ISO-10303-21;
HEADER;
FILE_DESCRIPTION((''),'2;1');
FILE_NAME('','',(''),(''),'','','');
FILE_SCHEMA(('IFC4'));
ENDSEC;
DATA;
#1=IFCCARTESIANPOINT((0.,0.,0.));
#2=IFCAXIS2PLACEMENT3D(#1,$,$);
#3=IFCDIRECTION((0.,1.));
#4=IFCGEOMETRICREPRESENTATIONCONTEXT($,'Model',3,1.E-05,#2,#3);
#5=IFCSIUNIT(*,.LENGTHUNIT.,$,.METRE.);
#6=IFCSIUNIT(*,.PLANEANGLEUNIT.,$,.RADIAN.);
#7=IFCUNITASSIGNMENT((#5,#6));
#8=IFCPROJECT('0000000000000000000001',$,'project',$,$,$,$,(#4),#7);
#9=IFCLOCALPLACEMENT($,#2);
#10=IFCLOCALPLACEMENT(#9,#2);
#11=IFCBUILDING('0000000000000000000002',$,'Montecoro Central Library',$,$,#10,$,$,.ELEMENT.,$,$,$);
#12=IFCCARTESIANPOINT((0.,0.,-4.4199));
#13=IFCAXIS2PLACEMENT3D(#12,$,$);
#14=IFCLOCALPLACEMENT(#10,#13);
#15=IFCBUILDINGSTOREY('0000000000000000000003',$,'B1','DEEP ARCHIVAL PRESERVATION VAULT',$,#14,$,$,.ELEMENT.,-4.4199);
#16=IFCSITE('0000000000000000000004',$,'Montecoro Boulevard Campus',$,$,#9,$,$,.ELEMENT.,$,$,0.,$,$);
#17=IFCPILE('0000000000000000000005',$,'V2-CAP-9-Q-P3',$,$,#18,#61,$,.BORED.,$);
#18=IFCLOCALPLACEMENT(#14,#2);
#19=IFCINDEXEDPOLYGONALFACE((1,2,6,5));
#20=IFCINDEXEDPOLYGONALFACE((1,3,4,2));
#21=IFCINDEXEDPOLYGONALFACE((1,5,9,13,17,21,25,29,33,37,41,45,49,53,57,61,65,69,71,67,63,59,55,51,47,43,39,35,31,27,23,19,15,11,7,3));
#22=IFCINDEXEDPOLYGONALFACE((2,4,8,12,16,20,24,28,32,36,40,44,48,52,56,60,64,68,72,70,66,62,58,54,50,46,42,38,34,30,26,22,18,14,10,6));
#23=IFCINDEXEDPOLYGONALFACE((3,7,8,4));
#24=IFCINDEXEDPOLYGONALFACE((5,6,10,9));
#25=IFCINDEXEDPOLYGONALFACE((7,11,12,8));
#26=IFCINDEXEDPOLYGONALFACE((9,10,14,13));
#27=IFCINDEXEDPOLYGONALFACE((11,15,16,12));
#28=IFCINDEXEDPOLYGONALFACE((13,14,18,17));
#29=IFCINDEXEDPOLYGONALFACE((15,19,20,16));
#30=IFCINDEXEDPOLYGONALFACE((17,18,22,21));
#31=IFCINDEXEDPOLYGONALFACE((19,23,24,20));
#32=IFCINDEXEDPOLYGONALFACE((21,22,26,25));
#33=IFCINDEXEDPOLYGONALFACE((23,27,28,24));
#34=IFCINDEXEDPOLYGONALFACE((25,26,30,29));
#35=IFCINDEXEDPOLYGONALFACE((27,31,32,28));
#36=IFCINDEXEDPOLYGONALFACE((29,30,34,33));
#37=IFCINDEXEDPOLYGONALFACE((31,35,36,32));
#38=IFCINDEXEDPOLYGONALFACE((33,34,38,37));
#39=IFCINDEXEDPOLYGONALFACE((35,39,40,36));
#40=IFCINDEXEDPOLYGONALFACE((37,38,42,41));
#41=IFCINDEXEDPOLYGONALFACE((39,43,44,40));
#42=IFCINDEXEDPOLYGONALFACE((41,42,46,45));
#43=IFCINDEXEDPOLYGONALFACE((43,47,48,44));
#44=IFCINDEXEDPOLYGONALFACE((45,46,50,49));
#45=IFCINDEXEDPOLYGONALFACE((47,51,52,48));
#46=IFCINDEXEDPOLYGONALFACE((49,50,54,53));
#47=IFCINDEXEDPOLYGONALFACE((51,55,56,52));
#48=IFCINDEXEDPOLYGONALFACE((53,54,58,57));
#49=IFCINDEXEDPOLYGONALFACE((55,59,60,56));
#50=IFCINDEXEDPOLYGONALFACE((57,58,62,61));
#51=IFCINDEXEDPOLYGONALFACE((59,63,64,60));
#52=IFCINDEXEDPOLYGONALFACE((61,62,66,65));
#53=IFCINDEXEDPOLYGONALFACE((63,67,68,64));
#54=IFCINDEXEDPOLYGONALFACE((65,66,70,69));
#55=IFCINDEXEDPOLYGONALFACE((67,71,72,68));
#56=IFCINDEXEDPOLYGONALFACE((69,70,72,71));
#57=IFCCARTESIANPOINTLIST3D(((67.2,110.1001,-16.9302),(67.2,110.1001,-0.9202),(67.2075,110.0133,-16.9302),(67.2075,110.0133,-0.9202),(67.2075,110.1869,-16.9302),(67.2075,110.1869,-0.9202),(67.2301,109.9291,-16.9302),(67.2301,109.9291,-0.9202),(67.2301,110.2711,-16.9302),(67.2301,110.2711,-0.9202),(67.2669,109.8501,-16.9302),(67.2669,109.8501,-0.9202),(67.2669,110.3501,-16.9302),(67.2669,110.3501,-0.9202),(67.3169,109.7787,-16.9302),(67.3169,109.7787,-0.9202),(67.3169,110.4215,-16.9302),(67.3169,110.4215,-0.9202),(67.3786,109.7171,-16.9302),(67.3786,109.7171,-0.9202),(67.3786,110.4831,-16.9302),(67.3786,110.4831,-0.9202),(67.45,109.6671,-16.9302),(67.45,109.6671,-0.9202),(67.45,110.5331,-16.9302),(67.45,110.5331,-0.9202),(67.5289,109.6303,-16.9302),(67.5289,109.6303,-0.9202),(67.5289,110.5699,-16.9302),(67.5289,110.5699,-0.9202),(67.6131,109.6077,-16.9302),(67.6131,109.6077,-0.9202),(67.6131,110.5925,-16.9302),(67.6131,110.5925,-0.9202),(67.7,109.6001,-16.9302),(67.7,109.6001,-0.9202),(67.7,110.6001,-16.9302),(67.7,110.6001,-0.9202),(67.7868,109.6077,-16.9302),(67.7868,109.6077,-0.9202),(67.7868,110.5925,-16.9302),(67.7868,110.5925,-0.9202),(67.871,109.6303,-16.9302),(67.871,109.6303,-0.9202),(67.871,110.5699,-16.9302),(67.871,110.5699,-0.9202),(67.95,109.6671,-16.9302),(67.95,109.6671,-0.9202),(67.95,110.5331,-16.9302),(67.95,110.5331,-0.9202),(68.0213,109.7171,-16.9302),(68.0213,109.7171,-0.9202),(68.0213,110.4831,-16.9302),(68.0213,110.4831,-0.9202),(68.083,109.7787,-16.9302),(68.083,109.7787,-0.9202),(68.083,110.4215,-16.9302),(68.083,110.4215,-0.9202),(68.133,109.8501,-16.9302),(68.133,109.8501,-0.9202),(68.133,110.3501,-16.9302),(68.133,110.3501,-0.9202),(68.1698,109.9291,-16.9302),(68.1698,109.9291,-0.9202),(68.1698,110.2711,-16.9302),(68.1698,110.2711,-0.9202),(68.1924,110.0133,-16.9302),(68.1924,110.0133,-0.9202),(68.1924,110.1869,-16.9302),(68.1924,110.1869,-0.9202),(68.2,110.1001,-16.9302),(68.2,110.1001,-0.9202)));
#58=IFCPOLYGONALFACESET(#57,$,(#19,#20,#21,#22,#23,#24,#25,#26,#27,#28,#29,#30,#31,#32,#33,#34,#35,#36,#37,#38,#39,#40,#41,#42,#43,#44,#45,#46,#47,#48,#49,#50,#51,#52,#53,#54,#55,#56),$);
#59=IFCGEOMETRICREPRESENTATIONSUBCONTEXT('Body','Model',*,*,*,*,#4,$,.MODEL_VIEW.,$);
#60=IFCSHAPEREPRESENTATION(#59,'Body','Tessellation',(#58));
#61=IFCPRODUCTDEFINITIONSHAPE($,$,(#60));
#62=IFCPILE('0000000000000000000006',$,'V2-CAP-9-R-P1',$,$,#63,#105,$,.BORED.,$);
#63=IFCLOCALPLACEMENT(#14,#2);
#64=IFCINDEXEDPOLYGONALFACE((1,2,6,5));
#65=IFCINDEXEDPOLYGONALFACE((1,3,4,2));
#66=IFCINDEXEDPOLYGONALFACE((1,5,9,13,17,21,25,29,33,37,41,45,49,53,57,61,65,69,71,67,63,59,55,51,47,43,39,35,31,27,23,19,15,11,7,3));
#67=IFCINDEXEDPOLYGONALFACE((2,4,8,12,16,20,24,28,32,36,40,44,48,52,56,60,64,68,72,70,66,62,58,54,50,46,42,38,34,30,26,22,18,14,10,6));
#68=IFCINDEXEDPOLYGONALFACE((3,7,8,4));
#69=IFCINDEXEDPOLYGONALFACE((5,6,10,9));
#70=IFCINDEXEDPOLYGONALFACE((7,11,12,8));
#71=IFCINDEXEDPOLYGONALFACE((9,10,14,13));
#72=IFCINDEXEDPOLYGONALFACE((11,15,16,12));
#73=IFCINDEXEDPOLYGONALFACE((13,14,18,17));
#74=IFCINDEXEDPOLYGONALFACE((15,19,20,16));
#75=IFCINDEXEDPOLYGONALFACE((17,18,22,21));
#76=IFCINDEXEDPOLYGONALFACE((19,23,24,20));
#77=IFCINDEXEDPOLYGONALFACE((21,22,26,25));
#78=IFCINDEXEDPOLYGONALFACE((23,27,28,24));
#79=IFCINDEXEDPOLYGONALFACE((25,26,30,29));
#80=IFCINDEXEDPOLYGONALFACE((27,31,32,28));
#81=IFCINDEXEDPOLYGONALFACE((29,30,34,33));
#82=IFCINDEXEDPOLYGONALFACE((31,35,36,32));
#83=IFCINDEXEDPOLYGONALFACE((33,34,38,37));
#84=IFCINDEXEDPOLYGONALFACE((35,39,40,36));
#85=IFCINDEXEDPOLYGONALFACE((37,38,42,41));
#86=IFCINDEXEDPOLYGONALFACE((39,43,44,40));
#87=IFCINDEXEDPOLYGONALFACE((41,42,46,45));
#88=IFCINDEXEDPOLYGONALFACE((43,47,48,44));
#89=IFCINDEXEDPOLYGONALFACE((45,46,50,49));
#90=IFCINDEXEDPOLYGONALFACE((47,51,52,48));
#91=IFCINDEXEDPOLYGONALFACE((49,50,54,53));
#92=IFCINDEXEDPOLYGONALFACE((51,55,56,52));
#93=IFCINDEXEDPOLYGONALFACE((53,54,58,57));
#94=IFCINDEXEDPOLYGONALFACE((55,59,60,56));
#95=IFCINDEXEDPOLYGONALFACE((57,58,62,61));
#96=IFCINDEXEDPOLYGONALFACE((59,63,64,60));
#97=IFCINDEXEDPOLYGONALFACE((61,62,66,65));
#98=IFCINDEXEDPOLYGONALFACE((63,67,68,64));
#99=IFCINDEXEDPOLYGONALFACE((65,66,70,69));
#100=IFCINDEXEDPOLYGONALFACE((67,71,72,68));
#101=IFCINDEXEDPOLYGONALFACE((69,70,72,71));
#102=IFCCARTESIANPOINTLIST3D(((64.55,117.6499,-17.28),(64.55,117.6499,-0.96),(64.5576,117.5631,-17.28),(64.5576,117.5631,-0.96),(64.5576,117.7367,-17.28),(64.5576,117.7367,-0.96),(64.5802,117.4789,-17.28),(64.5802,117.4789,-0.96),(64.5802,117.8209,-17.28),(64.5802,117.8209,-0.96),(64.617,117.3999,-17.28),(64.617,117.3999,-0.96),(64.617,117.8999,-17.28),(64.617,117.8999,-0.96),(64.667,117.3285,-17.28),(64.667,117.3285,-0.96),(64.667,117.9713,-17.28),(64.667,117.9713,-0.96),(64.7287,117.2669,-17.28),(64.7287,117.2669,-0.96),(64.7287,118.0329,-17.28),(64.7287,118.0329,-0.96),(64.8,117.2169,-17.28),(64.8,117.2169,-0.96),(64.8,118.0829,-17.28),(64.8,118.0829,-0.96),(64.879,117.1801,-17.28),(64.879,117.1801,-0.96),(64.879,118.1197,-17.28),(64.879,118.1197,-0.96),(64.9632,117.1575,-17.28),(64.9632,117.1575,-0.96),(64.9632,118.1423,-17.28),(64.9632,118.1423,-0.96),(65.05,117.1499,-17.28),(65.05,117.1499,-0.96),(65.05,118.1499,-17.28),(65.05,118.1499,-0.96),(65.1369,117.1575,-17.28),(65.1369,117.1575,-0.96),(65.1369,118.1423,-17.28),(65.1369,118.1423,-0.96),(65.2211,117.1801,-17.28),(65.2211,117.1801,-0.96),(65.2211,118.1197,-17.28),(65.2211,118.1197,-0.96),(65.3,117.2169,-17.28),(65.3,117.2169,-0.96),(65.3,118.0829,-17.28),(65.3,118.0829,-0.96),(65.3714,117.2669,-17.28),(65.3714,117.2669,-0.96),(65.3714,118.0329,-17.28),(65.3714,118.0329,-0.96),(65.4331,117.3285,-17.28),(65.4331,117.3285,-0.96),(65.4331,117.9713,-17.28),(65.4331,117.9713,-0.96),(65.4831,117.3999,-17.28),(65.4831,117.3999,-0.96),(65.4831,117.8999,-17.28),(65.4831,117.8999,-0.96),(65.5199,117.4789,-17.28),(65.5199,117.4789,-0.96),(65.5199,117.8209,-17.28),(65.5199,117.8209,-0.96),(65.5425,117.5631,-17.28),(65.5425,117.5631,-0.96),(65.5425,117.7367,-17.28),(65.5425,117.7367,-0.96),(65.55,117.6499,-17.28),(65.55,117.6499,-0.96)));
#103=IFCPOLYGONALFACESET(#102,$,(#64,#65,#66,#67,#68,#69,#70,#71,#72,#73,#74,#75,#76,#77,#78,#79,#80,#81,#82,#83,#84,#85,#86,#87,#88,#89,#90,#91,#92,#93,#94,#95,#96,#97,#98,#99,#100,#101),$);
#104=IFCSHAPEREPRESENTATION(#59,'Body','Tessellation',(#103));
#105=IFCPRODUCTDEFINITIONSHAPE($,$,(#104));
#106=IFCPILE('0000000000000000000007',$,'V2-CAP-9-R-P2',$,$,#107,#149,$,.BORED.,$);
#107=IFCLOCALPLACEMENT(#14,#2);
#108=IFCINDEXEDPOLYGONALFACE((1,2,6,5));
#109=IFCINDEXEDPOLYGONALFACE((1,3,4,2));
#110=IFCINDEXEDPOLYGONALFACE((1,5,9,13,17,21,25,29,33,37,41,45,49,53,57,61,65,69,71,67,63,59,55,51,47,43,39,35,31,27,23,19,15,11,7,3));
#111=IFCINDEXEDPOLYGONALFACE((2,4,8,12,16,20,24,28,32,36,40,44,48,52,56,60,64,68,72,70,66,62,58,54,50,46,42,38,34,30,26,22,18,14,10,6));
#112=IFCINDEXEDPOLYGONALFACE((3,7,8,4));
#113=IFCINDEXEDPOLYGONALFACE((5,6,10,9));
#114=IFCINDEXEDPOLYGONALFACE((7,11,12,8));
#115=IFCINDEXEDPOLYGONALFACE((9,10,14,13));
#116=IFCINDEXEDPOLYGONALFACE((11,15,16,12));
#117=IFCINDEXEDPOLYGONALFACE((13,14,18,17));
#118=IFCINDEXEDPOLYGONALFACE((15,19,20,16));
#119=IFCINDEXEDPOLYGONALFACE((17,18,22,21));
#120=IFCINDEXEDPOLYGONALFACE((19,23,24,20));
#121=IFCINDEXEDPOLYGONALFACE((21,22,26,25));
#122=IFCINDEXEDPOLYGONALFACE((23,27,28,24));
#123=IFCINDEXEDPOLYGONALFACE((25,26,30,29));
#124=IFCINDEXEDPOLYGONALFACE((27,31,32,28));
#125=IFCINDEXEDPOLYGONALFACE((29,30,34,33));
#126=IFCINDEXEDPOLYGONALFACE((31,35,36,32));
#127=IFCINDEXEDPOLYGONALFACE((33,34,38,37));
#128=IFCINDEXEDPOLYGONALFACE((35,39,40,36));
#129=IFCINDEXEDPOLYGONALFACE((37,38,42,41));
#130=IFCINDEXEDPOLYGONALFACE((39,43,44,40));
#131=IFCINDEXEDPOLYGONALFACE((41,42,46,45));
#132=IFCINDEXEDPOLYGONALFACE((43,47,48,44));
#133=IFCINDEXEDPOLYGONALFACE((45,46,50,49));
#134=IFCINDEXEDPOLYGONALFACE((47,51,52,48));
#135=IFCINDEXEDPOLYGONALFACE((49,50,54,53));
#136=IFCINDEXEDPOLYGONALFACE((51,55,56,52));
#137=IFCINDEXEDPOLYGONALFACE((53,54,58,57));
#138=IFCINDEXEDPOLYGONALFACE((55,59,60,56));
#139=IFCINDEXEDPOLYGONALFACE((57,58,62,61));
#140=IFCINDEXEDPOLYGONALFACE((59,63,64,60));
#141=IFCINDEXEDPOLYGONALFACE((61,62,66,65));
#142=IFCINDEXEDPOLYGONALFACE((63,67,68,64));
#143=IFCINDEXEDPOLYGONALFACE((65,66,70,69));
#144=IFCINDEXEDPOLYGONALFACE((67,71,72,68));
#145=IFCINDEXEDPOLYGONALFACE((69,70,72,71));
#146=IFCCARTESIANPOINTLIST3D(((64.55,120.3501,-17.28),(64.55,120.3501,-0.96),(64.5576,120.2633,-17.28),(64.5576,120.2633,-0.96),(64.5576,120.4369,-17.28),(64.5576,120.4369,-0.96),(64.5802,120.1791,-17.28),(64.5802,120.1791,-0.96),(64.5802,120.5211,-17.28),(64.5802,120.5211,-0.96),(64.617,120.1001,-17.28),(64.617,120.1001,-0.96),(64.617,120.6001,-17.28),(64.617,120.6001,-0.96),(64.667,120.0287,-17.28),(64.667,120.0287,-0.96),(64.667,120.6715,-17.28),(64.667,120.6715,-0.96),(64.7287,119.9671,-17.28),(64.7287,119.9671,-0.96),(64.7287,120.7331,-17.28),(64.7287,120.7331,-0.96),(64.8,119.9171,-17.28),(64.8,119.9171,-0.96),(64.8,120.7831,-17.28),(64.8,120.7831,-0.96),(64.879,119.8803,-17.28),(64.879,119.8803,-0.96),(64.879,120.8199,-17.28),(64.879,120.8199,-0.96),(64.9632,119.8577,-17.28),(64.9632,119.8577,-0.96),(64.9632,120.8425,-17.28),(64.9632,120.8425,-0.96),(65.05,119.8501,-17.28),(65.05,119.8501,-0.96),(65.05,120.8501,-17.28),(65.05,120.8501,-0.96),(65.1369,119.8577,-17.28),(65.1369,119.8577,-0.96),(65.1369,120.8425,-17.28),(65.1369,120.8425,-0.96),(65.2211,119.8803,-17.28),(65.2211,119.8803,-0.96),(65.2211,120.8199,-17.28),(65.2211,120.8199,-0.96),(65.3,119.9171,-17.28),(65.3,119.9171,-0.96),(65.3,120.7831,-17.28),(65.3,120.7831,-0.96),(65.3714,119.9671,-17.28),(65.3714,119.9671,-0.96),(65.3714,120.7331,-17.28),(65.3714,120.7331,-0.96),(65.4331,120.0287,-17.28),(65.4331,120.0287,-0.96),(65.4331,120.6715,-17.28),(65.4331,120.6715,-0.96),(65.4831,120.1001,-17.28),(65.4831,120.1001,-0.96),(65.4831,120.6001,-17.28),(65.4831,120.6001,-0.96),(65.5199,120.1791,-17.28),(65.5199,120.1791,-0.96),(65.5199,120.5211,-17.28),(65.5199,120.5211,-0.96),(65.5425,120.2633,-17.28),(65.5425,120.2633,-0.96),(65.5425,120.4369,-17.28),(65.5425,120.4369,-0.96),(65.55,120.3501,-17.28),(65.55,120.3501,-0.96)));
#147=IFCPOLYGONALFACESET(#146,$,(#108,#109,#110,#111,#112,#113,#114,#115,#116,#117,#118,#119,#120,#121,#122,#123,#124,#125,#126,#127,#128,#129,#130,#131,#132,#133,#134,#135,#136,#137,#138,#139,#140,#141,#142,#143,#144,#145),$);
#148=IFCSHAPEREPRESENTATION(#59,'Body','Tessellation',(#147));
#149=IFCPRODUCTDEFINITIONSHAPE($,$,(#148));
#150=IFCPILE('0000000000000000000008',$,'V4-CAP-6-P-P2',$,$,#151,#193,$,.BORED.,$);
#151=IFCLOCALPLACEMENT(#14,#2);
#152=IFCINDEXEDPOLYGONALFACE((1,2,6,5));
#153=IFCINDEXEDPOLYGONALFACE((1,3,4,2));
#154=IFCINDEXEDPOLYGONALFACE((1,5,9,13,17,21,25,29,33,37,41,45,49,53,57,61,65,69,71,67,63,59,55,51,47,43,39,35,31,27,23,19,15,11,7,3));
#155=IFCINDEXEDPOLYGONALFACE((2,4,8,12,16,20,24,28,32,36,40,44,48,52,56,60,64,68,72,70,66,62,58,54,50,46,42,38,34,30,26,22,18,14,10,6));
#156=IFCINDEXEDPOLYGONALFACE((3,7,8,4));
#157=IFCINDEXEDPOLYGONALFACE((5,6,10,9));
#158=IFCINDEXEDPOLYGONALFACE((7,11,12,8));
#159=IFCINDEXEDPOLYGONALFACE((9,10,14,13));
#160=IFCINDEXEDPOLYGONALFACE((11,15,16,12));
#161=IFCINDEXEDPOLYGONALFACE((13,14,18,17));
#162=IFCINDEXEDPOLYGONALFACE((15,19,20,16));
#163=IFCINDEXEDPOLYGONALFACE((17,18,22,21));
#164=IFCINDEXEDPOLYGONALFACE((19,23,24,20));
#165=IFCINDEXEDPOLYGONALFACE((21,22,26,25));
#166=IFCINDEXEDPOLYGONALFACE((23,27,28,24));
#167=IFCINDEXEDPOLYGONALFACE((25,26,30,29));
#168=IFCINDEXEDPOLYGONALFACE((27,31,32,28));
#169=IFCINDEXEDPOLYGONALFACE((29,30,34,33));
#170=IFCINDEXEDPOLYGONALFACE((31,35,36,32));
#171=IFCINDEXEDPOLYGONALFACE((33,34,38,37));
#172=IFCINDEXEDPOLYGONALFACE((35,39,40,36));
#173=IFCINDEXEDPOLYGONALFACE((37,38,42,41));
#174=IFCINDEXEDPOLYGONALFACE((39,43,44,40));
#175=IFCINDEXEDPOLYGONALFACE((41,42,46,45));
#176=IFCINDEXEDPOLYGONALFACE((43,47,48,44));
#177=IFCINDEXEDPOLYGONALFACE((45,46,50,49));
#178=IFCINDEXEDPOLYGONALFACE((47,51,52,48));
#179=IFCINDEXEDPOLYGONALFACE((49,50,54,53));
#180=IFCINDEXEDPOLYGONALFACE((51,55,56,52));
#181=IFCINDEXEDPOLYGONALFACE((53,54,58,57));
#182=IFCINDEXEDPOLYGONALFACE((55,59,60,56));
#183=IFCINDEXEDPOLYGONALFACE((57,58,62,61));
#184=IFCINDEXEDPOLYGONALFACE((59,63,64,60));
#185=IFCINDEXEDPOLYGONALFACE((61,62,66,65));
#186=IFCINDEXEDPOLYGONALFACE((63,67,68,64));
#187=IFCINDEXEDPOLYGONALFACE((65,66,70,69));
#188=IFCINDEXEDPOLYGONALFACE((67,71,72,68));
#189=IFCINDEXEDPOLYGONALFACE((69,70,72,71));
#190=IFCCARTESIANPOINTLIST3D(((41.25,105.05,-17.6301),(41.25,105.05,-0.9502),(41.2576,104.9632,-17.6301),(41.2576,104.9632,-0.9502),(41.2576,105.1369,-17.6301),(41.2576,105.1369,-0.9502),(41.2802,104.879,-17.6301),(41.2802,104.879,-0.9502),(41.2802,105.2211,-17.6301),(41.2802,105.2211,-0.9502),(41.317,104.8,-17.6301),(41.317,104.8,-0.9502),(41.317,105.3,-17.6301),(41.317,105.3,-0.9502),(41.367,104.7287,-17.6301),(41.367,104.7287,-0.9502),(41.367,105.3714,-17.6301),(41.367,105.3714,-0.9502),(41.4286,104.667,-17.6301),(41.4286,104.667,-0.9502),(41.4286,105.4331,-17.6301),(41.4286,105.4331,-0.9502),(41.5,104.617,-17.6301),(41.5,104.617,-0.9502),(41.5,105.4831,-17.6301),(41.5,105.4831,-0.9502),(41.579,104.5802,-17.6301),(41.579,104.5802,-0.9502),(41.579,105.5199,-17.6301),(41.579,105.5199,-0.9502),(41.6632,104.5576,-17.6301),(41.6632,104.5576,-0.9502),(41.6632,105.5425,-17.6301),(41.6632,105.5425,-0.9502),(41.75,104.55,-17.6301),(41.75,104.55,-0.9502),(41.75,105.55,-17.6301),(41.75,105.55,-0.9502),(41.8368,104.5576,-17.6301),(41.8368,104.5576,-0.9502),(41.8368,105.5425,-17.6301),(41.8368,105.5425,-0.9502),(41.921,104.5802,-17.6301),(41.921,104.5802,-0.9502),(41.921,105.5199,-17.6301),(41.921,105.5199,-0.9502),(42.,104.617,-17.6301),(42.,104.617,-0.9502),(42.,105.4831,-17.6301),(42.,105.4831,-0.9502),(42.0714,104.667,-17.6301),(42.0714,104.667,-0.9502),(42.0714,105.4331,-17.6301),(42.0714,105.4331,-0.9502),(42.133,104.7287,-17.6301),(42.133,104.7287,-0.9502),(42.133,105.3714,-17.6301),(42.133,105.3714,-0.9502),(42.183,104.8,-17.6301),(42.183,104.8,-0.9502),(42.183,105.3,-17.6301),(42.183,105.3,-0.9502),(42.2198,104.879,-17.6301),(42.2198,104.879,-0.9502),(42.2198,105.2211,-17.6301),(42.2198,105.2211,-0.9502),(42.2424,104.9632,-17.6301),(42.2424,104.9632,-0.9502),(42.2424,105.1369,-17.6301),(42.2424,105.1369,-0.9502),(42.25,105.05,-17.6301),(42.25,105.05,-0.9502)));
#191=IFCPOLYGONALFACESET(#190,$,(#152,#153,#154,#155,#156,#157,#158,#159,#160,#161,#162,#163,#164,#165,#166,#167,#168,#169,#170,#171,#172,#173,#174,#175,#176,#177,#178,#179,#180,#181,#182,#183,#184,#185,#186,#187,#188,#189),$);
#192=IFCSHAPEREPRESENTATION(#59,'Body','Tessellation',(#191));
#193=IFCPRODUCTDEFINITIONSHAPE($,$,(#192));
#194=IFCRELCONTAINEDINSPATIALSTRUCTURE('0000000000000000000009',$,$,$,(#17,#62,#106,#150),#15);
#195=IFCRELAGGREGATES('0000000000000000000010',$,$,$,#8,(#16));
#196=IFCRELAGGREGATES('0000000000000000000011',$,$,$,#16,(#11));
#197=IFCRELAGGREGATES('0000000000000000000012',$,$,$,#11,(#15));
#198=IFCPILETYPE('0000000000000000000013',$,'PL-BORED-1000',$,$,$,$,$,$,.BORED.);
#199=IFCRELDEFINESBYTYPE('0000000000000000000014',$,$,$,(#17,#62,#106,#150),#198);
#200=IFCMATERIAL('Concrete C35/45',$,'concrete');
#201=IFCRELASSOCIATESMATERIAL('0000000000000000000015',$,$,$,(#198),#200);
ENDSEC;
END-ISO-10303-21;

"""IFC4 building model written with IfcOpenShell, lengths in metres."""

from ifc_helpers import new_model, si_unit, direction, frame, origin, origin_2d, place, context, subcontext, project, spatial, circle, extrude, material, material_profile, profile_set, type_object, element, save


model = new_model("IFC4")

# Units and contexts
model_context = context("Model", 3, precision=1e-05, world=origin(), true_north=direction((0.0, 1.0)))
body_context = subcontext(model_context, "Body", "Model", "MODEL_VIEW")
ifc_project = project(units=[si_unit("LENGTHUNIT", "METRE"), si_unit("PLANEANGLEUNIT", "RADIAN")], contexts=[model_context])

# Site, building, storey
site_placement = place(None, origin())
site = spatial("IfcSite", under=ifc_project, at=site_placement, Name="Montecoro Boulevard Campus", CompositionType="ELEMENT", RefElevation=0.0)
building_placement = place(site_placement, origin())
building = spatial("IfcBuilding", under=site, at=building_placement, Name="Montecoro Central Library", CompositionType="ELEMENT")
storey_placement = place(building_placement, frame((0.0, 0.0, -4.4199)))
storey = spatial("IfcBuildingStorey", under=building, at=storey_placement, Name="B1", Description="DEEP ARCHIVAL PRESERVATION VAULT", CompositionType="ELEMENT", Elevation=-4.4199)

# Shared definitions
ifc_material_1 = material(Name="Concrete C35/45", Category="concrete")

# Piles
ifc_material_profile_1 = material_profile(ifc_material_1, circle(Radius=0.5, at=origin_2d()), Name="PILE D1000")
ifc_profile_set_1 = profile_set([ifc_material_profile_1], Name="Concrete C35/45")
pile_type_1 = type_object("IfcPileType", Name="PL-BORED-1000", PredefinedType="BORED", material=ifc_profile_set_1)
for number, where, z_axis, x_axis, name in (
    (1, (67.7, 110.1001, -0.9202), (0.0, 0.0, -1.0), (1.0, 0.0, 0.0), "V2-CAP-9-Q-P3"),
):
    element("IfcPile", number, at=place(storey_placement, frame(where, z_axis=z_axis, x_axis=x_axis)), inside=storey, type_object=pile_type_1, Name=name, PredefinedType="BORED", context=body_context, shape_type="SweptSolid", body=[
        extrude(circle(Radius=0.5, at=origin_2d()), origin(), (0.0, 0.0, 1.0), 16.01),
    ])
for number, where, z_axis, x_axis, name in (
    (2, (65.05, 117.6499, -0.96), (0.0, 0.0, -1.0), (1.0, 0.0, 0.0), "V2-CAP-9-R-P1"),
    (3, (65.05, 120.3501, -0.96), (0.0, 0.0, -1.0), (1.0, 0.0, 0.0), "V2-CAP-9-R-P2"),
):
    element("IfcPile", number, at=place(storey_placement, frame(where, z_axis=z_axis, x_axis=x_axis)), inside=storey, type_object=pile_type_1, Name=name, PredefinedType="BORED", context=body_context, shape_type="SweptSolid", body=[
        extrude(circle(Radius=0.5, at=origin_2d()), origin(), (0.0, 0.0, 1.0), 16.3201),
    ])
for number, where, z_axis, x_axis, name in (
    (4, (41.75, 105.05, -0.9502), (0.0, 0.0, -1.0), (1.0, 0.0, 0.0), "V4-CAP-6-P-P2"),
):
    element("IfcPile", number, at=place(storey_placement, frame(where, z_axis=z_axis, x_axis=x_axis)), inside=storey, type_object=pile_type_1, Name=name, PredefinedType="BORED", context=body_context, shape_type="SweptSolid", body=[
        extrude(circle(Radius=0.5, at=origin_2d()), origin(), (0.0, 0.0, 1.0), 16.6799),
    ])

save(model, "model.ifc")
